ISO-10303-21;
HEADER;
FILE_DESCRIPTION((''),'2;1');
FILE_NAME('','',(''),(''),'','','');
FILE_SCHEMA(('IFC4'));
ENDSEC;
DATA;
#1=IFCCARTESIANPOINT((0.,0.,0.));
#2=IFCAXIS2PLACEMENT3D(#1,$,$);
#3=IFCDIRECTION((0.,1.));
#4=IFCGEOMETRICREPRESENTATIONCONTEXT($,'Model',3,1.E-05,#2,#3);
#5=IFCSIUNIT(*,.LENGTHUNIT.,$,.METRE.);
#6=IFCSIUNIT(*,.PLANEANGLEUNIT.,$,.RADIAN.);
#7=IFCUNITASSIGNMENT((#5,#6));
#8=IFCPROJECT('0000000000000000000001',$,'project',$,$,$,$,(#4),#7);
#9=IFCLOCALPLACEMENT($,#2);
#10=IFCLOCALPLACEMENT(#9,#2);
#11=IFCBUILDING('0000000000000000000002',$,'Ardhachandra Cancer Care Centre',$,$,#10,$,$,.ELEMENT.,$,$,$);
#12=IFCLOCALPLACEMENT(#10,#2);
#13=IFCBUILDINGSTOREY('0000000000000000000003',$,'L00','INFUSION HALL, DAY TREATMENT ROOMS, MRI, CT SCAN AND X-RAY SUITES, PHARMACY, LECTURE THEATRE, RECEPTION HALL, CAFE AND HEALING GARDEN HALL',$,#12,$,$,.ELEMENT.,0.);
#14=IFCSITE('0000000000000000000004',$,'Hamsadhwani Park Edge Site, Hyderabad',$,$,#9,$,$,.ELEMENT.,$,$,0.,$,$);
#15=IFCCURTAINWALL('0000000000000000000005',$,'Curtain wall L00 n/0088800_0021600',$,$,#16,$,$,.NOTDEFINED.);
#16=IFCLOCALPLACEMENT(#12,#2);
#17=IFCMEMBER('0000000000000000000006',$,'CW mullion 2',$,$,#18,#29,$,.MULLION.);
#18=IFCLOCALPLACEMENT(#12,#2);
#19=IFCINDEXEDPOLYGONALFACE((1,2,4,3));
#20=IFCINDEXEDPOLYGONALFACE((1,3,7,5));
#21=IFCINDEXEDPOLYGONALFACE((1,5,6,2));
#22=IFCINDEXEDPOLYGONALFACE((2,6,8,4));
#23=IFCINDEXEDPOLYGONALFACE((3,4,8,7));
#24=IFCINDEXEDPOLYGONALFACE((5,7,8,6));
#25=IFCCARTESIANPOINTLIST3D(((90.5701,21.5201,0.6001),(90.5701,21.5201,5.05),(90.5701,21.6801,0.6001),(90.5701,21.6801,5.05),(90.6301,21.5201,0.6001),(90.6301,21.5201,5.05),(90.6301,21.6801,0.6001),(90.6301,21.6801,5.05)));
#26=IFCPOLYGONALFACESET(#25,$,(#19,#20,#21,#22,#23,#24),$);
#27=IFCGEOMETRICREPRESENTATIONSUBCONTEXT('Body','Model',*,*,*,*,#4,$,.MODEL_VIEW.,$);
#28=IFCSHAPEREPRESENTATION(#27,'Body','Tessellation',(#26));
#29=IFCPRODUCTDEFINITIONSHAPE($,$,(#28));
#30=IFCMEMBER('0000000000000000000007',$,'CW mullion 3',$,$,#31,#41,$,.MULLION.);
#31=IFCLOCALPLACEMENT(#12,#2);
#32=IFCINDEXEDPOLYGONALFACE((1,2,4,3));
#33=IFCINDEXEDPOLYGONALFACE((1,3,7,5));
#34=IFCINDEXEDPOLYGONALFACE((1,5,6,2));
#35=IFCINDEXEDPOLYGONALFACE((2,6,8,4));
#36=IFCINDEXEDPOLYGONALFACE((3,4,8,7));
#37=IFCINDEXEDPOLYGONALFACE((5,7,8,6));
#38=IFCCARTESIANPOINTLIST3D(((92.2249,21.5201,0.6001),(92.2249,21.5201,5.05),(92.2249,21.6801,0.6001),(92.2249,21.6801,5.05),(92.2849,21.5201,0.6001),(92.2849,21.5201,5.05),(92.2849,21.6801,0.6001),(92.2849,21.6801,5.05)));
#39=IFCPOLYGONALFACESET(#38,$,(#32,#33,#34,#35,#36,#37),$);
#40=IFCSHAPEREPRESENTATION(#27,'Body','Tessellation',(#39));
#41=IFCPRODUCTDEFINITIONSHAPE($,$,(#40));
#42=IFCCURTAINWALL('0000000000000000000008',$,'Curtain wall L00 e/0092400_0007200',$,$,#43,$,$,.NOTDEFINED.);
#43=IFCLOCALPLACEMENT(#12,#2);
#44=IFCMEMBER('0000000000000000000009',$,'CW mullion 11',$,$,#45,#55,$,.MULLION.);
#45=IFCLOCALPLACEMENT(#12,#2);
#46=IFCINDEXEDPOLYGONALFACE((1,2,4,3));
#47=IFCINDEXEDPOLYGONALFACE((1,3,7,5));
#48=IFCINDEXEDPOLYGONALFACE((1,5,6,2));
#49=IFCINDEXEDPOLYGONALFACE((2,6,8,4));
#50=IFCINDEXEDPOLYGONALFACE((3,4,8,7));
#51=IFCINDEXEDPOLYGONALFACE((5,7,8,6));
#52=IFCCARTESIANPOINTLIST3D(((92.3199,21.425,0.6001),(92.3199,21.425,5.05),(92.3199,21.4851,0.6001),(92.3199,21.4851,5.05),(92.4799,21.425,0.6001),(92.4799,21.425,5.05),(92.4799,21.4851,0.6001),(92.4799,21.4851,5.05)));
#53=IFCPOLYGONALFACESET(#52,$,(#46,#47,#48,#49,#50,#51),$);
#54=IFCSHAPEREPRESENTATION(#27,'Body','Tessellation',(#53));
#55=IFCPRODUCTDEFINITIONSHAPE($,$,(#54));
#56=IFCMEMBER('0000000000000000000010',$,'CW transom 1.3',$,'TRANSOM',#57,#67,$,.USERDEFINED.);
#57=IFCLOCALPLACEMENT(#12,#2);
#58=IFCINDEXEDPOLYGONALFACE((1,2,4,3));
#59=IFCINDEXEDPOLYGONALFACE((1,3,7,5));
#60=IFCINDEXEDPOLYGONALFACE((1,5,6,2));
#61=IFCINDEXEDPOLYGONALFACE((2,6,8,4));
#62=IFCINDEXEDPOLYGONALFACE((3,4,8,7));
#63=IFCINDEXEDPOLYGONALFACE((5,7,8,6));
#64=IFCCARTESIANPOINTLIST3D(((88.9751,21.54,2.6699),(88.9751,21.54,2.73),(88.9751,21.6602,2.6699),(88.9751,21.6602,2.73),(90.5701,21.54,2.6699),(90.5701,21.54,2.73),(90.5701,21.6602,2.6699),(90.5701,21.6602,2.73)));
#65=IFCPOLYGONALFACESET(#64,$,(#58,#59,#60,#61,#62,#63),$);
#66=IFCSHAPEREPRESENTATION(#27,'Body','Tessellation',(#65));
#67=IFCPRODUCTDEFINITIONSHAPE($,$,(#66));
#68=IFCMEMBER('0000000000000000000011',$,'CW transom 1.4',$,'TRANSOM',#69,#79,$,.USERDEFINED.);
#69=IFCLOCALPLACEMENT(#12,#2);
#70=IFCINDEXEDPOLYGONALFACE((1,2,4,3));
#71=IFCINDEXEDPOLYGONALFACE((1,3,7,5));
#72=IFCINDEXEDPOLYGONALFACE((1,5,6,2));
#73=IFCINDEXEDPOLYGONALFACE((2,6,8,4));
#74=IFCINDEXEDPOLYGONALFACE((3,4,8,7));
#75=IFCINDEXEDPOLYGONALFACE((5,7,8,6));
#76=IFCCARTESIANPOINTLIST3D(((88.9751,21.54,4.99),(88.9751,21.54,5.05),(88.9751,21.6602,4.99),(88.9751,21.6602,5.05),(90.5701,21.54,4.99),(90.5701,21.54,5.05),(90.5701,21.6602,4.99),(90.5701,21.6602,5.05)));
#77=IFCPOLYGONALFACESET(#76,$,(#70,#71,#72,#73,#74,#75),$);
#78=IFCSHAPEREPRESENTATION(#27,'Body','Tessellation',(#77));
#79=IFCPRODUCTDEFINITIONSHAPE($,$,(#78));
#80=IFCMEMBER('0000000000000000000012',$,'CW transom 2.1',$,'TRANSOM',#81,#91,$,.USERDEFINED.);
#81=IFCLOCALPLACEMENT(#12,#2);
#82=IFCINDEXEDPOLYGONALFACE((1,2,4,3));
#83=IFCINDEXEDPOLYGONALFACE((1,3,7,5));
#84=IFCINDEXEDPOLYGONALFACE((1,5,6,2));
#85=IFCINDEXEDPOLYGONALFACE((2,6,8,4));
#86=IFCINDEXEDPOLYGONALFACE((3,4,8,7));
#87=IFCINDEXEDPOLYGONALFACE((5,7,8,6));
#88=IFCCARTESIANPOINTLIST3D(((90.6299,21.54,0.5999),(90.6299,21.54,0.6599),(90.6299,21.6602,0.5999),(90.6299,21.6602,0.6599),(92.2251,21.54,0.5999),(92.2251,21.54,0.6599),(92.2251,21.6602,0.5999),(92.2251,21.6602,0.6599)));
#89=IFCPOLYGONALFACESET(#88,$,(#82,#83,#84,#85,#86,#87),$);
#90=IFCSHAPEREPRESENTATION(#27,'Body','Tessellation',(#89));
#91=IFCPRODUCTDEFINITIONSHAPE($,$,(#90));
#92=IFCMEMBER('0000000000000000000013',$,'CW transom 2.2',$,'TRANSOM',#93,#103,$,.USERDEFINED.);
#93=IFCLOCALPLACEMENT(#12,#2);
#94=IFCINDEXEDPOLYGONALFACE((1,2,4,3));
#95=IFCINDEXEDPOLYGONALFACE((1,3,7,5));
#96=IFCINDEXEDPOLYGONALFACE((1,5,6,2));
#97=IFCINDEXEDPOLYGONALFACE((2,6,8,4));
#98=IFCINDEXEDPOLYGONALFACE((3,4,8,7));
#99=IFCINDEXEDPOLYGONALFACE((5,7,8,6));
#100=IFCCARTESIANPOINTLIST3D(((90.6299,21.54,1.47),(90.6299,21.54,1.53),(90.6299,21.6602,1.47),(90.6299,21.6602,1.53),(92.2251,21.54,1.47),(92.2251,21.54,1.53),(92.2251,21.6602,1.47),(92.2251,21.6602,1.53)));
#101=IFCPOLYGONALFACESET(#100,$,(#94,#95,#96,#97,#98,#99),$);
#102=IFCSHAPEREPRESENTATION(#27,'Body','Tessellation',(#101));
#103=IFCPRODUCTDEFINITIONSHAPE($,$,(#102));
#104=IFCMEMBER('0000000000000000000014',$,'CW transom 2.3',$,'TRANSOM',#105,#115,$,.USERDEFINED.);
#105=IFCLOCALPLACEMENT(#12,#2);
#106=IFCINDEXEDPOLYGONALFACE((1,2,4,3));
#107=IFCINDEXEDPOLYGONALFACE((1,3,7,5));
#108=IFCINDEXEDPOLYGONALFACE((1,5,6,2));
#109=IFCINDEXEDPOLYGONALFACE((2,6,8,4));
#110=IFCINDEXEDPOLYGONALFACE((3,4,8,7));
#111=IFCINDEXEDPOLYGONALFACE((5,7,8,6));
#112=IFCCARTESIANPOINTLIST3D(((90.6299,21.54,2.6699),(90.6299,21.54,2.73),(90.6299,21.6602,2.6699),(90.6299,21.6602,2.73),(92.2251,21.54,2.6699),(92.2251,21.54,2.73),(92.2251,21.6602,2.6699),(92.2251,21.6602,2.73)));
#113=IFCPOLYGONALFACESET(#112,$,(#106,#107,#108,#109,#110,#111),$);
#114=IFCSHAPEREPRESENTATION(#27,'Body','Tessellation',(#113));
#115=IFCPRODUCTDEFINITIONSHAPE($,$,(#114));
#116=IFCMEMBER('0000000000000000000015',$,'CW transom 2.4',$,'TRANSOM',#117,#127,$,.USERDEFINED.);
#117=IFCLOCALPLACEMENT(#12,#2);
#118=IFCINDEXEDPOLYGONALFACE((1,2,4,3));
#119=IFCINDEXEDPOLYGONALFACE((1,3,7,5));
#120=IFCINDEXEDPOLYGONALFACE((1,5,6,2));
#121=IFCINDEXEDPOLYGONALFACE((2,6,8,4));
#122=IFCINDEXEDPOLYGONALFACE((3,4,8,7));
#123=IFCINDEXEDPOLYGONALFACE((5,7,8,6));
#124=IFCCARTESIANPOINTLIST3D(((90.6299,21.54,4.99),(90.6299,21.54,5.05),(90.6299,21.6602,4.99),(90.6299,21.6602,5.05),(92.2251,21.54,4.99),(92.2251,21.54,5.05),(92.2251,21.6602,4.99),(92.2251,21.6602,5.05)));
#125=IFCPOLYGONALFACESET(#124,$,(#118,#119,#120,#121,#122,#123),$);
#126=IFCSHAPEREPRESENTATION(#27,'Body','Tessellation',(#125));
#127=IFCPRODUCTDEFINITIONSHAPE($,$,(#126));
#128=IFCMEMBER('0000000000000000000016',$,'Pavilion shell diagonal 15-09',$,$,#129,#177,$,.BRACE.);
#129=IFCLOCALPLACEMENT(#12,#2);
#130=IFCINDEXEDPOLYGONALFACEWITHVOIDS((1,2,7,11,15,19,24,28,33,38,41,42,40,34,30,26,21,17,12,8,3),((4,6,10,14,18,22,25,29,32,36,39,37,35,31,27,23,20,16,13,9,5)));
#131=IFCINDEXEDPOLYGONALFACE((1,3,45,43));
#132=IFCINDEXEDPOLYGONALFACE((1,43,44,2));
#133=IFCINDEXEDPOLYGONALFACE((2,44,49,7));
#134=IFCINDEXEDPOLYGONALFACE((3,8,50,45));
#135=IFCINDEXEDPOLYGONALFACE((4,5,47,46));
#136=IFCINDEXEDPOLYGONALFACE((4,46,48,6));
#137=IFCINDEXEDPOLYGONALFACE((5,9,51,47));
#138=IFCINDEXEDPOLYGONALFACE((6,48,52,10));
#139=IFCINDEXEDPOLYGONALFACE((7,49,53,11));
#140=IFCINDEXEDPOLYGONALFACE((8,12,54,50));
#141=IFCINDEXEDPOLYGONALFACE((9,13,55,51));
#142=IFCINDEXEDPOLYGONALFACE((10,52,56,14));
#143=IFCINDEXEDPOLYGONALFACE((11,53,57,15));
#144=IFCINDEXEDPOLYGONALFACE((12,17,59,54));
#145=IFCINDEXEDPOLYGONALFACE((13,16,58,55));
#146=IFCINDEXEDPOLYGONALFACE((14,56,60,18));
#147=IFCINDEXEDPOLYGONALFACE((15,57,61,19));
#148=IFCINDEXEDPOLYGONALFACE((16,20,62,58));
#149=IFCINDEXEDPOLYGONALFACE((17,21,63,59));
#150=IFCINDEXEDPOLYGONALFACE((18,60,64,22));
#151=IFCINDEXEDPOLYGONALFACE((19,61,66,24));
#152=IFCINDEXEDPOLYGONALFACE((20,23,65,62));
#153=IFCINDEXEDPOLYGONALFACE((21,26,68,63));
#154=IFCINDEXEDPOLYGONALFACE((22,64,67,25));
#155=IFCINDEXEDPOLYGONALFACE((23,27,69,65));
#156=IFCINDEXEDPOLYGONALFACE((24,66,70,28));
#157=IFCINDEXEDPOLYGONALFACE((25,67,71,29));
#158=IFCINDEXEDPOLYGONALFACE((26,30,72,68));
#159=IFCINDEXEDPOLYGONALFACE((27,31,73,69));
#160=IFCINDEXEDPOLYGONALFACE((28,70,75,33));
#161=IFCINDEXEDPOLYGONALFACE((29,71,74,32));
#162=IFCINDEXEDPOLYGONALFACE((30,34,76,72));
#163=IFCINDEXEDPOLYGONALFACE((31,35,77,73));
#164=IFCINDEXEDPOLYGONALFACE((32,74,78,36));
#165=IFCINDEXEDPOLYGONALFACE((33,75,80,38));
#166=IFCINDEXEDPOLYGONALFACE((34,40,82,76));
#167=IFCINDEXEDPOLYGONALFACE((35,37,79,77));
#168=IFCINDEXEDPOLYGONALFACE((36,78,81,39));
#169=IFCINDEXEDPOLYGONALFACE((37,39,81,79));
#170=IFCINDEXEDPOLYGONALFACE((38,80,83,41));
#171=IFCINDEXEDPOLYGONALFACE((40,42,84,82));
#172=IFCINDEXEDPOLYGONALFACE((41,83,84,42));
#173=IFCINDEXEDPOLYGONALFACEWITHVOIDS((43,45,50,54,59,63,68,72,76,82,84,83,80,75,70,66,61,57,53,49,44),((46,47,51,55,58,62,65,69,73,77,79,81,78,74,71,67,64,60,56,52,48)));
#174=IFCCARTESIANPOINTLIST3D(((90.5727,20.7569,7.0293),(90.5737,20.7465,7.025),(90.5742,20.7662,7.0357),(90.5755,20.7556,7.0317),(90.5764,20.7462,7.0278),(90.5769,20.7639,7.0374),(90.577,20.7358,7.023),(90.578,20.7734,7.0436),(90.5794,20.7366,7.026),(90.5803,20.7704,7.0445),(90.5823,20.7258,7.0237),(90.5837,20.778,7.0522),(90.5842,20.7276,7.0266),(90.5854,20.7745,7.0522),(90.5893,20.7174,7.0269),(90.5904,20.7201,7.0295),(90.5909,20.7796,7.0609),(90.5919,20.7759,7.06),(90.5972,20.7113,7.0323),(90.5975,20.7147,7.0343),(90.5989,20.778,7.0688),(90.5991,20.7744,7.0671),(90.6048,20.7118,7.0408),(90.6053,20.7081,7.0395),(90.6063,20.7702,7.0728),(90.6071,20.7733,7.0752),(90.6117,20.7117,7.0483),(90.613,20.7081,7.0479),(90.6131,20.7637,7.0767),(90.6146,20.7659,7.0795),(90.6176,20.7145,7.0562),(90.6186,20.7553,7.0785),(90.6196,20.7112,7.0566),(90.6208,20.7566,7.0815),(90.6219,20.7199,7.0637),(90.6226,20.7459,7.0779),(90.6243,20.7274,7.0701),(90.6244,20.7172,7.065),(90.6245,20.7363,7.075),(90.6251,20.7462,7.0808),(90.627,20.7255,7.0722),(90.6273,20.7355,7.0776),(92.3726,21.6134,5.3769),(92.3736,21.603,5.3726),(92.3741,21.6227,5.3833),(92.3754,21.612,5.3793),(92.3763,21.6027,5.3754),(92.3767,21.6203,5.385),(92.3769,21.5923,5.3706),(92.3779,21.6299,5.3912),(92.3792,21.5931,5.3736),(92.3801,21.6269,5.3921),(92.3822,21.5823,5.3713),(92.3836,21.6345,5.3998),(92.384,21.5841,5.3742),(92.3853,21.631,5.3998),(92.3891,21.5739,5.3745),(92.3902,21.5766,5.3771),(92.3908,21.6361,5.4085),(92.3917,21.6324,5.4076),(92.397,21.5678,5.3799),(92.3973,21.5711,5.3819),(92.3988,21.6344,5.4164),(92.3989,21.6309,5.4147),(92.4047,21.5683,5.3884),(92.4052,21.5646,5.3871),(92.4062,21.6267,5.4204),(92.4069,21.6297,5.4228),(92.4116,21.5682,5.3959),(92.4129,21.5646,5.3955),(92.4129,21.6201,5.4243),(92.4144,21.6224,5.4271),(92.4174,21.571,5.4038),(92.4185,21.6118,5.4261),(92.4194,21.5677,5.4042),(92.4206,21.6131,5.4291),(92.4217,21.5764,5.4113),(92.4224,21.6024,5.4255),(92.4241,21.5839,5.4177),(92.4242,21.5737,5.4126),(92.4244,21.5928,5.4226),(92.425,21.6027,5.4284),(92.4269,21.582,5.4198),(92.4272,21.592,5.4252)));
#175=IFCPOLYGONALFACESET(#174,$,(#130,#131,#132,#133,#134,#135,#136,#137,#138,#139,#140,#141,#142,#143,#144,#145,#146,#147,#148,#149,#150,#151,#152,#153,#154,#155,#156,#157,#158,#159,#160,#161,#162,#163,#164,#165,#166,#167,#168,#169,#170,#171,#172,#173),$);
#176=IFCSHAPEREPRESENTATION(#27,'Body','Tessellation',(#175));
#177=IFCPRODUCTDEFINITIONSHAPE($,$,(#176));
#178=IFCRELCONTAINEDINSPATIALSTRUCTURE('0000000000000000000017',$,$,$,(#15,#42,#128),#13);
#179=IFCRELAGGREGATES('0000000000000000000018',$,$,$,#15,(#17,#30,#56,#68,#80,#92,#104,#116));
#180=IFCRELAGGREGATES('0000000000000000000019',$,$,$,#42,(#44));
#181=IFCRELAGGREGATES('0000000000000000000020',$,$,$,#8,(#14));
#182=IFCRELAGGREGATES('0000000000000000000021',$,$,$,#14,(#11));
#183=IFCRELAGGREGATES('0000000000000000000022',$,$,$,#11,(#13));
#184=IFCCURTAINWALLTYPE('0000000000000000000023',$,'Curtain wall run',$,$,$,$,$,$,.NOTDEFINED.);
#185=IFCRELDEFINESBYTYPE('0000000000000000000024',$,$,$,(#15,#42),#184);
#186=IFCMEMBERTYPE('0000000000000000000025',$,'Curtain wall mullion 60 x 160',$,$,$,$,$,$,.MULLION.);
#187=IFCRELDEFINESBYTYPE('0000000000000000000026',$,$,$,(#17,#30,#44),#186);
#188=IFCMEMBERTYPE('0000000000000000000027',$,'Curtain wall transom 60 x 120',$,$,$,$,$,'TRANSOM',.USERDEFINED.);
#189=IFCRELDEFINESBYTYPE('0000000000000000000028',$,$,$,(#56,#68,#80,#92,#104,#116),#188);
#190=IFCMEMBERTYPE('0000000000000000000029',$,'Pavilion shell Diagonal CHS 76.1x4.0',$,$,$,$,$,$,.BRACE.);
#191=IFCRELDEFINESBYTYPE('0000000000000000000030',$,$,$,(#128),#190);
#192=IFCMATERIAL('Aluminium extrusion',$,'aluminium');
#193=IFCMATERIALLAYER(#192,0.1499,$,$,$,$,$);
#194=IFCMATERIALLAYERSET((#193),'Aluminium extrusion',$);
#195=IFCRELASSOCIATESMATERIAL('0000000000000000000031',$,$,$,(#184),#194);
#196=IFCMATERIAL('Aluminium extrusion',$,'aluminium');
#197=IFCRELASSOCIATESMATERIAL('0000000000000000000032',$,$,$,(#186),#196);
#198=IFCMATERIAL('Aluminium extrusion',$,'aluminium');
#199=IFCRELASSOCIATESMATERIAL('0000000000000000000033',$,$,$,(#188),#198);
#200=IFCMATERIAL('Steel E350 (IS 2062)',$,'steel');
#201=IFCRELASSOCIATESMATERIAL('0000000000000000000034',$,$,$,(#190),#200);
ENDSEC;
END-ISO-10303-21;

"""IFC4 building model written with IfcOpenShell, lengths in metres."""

from ifc_helpers import new_model, si_unit, direction, frame, origin, origin_2d, place, context, subcontext, project, spatial, rectangle, hollow_circle, extrude, material, layer, layer_set, material_profile, profile_set, type_object, element, aggregate, save


model = new_model("IFC4")

# Units and contexts
model_context = context("Model", 3, precision=1e-05, world=origin(), true_north=direction((0.0, 1.0)))
body_context = subcontext(model_context, "Body", "Model", "MODEL_VIEW")
ifc_project = project(units=[si_unit("LENGTHUNIT", "METRE"), si_unit("PLANEANGLEUNIT", "RADIAN")], contexts=[model_context])

# Site, building, storey
site_placement = place(None, origin())
site = spatial("IfcSite", under=ifc_project, at=site_placement, Name="Hamsadhwani Park Edge Site, Hyderabad", CompositionType="ELEMENT", RefElevation=0.0)
building_placement = place(site_placement, origin())
building = spatial("IfcBuilding", under=site, at=building_placement, Name="Ardhachandra Cancer Care Centre", CompositionType="ELEMENT")
storey_placement = place(building_placement, origin())
storey = spatial("IfcBuildingStorey", under=building, at=storey_placement, Name="L00", Description="INFUSION HALL, DAY TREATMENT ROOMS, MRI, CT SCAN AND X-RAY SUITES, PHARMACY, LECTURE THEATRE, RECEPTION HALL, CAFE AND HEALING GARDEN HALL", CompositionType="ELEMENT", Elevation=0.0)

# Curtain wall, members
ifc_material_1 = material(Name="Aluminium extrusion", Category="aluminium")
ifc_layer_1 = layer(ifc_material_1, 0.1499)
ifc_layer_set_1 = layer_set([ifc_layer_1], Name="Aluminium extrusion")
curtain_wall_type = type_object("IfcCurtainWallType", Name="Curtain wall run", PredefinedType="NOTDEFINED", material=ifc_layer_set_1)
curtain_wall_1_placement = place(storey_placement, origin())
curtain_wall_1 = element("IfcCurtainWall", 1, at=curtain_wall_1_placement, inside=storey, type_object=curtain_wall_type, Name="Curtain wall L00 n/0088800_0021600", PredefinedType="NOTDEFINED")
ifc_material_2 = material(Name="Aluminium extrusion", Category="aluminium")
ifc_material_profile_1 = material_profile(ifc_material_2, rectangle(XDim=0.1599, YDim=0.0601, at=origin_2d()), Name="Curtain wall mullion 60 x 160")
ifc_profile_set_1 = profile_set([ifc_material_profile_1], Name="Aluminium extrusion")
member_type_1 = type_object("IfcMemberType", Name="Curtain wall mullion 60 x 160", PredefinedType="MULLION", material=ifc_profile_set_1)
member_1_placement = place(storey_placement, frame((90.6001, 21.6001, 0.6001), z_axis=(0.0, 0.0, 1.0), x_axis=(0.0, 1.0, 0.0)))
member_1 = element("IfcMember", 2, at=member_1_placement, type_object=member_type_1, Name="CW mullion 2", PredefinedType="MULLION", context=body_context, shape_type="SweptSolid", body=[
    extrude(rectangle(XDim=0.1599, YDim=0.0601, at=origin_2d()), origin(), (0.0, 0.0, 1.0), 4.45),
])
member_2_placement = place(storey_placement, frame((92.2549, 21.6001, 0.6001), z_axis=(0.0, 0.0, 1.0), x_axis=(0.0, 1.0, 0.0)))
member_2 = element("IfcMember", 3, at=member_2_placement, type_object=member_type_1, Name="CW mullion 3", PredefinedType="MULLION", context=body_context, shape_type="SweptSolid", body=[
    extrude(rectangle(XDim=0.1599, YDim=0.0601, at=origin_2d()), origin(), (0.0, 0.0, 1.0), 4.45),
])

# Curtain wall, member
curtain_wall_2_placement = place(storey_placement, origin())
curtain_wall_2 = element("IfcCurtainWall", 4, at=curtain_wall_2_placement, inside=storey, type_object=curtain_wall_type, Name="Curtain wall L00 e/0092400_0007200", PredefinedType="NOTDEFINED")
member_3_placement = place(storey_placement, frame((92.3999, 21.4551, 0.6001), z_axis=(0.0, 0.0, 1.0), x_axis=(-1.0, 0.0, 0.0)))
member_3 = element("IfcMember", 5, at=member_3_placement, type_object=member_type_1, Name="CW mullion 11", PredefinedType="MULLION", context=body_context, shape_type="SweptSolid", body=[
    extrude(rectangle(XDim=0.1599, YDim=0.0601, at=origin_2d()), origin(), (0.0, 0.0, 1.0), 4.45),
])

# Members
ifc_material_3 = material(Name="Aluminium extrusion", Category="aluminium")
ifc_material_profile_2 = material_profile(ifc_material_3, rectangle(XDim=0.1201, YDim=0.0601, at=origin_2d()), Name="Curtain wall transom 60 x 120")
ifc_profile_set_2 = profile_set([ifc_material_profile_2], Name="Aluminium extrusion")
member_type_2 = type_object("IfcMemberType", Name="Curtain wall transom 60 x 120", ElementType="TRANSOM", PredefinedType="USERDEFINED", material=ifc_profile_set_2)
member_4_placement = place(storey_placement, frame((88.9751, 21.6001, 2.7), z_axis=(1.0, 0.0, 0.0), x_axis=(0.0, 1.0, 0.0)))
member_4 = element("IfcMember", 6, at=member_4_placement, type_object=member_type_2, Name="CW transom 1.3", ObjectType="TRANSOM", PredefinedType="USERDEFINED", context=body_context, shape_type="SweptSolid", body=[
    extrude(rectangle(XDim=0.1201, YDim=0.0601, at=origin_2d()), origin(), (0.0, 0.0, 1.0), 1.595),
])
member_5_placement = place(storey_placement, frame((88.9751, 21.6001, 5.02), z_axis=(1.0, 0.0, 0.0), x_axis=(0.0, 1.0, 0.0)))
member_5 = element("IfcMember", 7, at=member_5_placement, type_object=member_type_2, Name="CW transom 1.4", ObjectType="TRANSOM", PredefinedType="USERDEFINED", context=body_context, shape_type="SweptSolid", body=[
    extrude(rectangle(XDim=0.1201, YDim=0.0601, at=origin_2d()), origin(), (0.0, 0.0, 1.0), 1.595),
])
member_6_placement = place(storey_placement, frame((90.6299, 21.6001, 0.6299), z_axis=(1.0, 0.0, 0.0), x_axis=(0.0, 1.0, 0.0)))
member_6 = element("IfcMember", 8, at=member_6_placement, type_object=member_type_2, Name="CW transom 2.1", ObjectType="TRANSOM", PredefinedType="USERDEFINED", context=body_context, shape_type="SweptSolid", body=[
    extrude(rectangle(XDim=0.1201, YDim=0.0601, at=origin_2d()), origin(), (0.0, 0.0, 1.0), 1.5952),
])
member_7_placement = place(storey_placement, frame((90.6299, 21.6001, 1.5), z_axis=(1.0, 0.0, 0.0), x_axis=(0.0, 1.0, 0.0)))
member_7 = element("IfcMember", 9, at=member_7_placement, type_object=member_type_2, Name="CW transom 2.2", ObjectType="TRANSOM", PredefinedType="USERDEFINED", context=body_context, shape_type="SweptSolid", body=[
    extrude(rectangle(XDim=0.1201, YDim=0.0601, at=origin_2d()), origin(), (0.0, 0.0, 1.0), 1.5952),
])
member_8_placement = place(storey_placement, frame((90.6299, 21.6001, 2.7), z_axis=(1.0, 0.0, 0.0), x_axis=(0.0, 1.0, 0.0)))
member_8 = element("IfcMember", 10, at=member_8_placement, type_object=member_type_2, Name="CW transom 2.3", ObjectType="TRANSOM", PredefinedType="USERDEFINED", context=body_context, shape_type="SweptSolid", body=[
    extrude(rectangle(XDim=0.1201, YDim=0.0601, at=origin_2d()), origin(), (0.0, 0.0, 1.0), 1.5952),
])
member_9_placement = place(storey_placement, frame((90.6299, 21.6001, 5.02), z_axis=(1.0, 0.0, 0.0), x_axis=(0.0, 1.0, 0.0)))
member_9 = element("IfcMember", 11, at=member_9_placement, type_object=member_type_2, Name="CW transom 2.4", ObjectType="TRANSOM", PredefinedType="USERDEFINED", context=body_context, shape_type="SweptSolid", body=[
    extrude(rectangle(XDim=0.1201, YDim=0.0601, at=origin_2d()), origin(), (0.0, 0.0, 1.0), 1.5952),
])

# Member
ifc_material_4 = material(Name="Steel E350 (IS 2062)", Category="steel")
ifc_material_profile_3 = material_profile(ifc_material_4, hollow_circle(Radius=0.0381, WallThickness=0.0039, at=origin_2d()), Name="CHS 76.1x4.0")
ifc_profile_set_3 = profile_set([ifc_material_profile_3], Name="Steel E350 (IS 2062)")
member_type_3 = type_object("IfcMemberType", Name="Pavilion shell Diagonal CHS 76.1x4.0", PredefinedType="BRACE", material=ifc_profile_set_3)
member_10_placement = place(storey_placement, frame((90.6001, 20.7437, 7.0522), z_axis=(0.695168, 0.330799, -0.638212), x_axis=(-0.429686, 0.902978, 0.0)))
element("IfcMember", 12, at=member_10_placement, inside=storey, type_object=member_type_3, Name="Pavilion shell diagonal 15-09", PredefinedType="BRACE", context=body_context, shape_type="SweptSolid", body=[
    extrude(hollow_circle(Radius=0.0381, WallThickness=0.0039, at=origin_2d()), origin(), (0.0, 0.0, 1.0), 2.5891),
])

aggregate(curtain_wall_1, [member_1, member_2, member_4, member_5, member_6, member_7, member_8, member_9])
aggregate(curtain_wall_2, [member_3])

save(model, "model.ifc")
